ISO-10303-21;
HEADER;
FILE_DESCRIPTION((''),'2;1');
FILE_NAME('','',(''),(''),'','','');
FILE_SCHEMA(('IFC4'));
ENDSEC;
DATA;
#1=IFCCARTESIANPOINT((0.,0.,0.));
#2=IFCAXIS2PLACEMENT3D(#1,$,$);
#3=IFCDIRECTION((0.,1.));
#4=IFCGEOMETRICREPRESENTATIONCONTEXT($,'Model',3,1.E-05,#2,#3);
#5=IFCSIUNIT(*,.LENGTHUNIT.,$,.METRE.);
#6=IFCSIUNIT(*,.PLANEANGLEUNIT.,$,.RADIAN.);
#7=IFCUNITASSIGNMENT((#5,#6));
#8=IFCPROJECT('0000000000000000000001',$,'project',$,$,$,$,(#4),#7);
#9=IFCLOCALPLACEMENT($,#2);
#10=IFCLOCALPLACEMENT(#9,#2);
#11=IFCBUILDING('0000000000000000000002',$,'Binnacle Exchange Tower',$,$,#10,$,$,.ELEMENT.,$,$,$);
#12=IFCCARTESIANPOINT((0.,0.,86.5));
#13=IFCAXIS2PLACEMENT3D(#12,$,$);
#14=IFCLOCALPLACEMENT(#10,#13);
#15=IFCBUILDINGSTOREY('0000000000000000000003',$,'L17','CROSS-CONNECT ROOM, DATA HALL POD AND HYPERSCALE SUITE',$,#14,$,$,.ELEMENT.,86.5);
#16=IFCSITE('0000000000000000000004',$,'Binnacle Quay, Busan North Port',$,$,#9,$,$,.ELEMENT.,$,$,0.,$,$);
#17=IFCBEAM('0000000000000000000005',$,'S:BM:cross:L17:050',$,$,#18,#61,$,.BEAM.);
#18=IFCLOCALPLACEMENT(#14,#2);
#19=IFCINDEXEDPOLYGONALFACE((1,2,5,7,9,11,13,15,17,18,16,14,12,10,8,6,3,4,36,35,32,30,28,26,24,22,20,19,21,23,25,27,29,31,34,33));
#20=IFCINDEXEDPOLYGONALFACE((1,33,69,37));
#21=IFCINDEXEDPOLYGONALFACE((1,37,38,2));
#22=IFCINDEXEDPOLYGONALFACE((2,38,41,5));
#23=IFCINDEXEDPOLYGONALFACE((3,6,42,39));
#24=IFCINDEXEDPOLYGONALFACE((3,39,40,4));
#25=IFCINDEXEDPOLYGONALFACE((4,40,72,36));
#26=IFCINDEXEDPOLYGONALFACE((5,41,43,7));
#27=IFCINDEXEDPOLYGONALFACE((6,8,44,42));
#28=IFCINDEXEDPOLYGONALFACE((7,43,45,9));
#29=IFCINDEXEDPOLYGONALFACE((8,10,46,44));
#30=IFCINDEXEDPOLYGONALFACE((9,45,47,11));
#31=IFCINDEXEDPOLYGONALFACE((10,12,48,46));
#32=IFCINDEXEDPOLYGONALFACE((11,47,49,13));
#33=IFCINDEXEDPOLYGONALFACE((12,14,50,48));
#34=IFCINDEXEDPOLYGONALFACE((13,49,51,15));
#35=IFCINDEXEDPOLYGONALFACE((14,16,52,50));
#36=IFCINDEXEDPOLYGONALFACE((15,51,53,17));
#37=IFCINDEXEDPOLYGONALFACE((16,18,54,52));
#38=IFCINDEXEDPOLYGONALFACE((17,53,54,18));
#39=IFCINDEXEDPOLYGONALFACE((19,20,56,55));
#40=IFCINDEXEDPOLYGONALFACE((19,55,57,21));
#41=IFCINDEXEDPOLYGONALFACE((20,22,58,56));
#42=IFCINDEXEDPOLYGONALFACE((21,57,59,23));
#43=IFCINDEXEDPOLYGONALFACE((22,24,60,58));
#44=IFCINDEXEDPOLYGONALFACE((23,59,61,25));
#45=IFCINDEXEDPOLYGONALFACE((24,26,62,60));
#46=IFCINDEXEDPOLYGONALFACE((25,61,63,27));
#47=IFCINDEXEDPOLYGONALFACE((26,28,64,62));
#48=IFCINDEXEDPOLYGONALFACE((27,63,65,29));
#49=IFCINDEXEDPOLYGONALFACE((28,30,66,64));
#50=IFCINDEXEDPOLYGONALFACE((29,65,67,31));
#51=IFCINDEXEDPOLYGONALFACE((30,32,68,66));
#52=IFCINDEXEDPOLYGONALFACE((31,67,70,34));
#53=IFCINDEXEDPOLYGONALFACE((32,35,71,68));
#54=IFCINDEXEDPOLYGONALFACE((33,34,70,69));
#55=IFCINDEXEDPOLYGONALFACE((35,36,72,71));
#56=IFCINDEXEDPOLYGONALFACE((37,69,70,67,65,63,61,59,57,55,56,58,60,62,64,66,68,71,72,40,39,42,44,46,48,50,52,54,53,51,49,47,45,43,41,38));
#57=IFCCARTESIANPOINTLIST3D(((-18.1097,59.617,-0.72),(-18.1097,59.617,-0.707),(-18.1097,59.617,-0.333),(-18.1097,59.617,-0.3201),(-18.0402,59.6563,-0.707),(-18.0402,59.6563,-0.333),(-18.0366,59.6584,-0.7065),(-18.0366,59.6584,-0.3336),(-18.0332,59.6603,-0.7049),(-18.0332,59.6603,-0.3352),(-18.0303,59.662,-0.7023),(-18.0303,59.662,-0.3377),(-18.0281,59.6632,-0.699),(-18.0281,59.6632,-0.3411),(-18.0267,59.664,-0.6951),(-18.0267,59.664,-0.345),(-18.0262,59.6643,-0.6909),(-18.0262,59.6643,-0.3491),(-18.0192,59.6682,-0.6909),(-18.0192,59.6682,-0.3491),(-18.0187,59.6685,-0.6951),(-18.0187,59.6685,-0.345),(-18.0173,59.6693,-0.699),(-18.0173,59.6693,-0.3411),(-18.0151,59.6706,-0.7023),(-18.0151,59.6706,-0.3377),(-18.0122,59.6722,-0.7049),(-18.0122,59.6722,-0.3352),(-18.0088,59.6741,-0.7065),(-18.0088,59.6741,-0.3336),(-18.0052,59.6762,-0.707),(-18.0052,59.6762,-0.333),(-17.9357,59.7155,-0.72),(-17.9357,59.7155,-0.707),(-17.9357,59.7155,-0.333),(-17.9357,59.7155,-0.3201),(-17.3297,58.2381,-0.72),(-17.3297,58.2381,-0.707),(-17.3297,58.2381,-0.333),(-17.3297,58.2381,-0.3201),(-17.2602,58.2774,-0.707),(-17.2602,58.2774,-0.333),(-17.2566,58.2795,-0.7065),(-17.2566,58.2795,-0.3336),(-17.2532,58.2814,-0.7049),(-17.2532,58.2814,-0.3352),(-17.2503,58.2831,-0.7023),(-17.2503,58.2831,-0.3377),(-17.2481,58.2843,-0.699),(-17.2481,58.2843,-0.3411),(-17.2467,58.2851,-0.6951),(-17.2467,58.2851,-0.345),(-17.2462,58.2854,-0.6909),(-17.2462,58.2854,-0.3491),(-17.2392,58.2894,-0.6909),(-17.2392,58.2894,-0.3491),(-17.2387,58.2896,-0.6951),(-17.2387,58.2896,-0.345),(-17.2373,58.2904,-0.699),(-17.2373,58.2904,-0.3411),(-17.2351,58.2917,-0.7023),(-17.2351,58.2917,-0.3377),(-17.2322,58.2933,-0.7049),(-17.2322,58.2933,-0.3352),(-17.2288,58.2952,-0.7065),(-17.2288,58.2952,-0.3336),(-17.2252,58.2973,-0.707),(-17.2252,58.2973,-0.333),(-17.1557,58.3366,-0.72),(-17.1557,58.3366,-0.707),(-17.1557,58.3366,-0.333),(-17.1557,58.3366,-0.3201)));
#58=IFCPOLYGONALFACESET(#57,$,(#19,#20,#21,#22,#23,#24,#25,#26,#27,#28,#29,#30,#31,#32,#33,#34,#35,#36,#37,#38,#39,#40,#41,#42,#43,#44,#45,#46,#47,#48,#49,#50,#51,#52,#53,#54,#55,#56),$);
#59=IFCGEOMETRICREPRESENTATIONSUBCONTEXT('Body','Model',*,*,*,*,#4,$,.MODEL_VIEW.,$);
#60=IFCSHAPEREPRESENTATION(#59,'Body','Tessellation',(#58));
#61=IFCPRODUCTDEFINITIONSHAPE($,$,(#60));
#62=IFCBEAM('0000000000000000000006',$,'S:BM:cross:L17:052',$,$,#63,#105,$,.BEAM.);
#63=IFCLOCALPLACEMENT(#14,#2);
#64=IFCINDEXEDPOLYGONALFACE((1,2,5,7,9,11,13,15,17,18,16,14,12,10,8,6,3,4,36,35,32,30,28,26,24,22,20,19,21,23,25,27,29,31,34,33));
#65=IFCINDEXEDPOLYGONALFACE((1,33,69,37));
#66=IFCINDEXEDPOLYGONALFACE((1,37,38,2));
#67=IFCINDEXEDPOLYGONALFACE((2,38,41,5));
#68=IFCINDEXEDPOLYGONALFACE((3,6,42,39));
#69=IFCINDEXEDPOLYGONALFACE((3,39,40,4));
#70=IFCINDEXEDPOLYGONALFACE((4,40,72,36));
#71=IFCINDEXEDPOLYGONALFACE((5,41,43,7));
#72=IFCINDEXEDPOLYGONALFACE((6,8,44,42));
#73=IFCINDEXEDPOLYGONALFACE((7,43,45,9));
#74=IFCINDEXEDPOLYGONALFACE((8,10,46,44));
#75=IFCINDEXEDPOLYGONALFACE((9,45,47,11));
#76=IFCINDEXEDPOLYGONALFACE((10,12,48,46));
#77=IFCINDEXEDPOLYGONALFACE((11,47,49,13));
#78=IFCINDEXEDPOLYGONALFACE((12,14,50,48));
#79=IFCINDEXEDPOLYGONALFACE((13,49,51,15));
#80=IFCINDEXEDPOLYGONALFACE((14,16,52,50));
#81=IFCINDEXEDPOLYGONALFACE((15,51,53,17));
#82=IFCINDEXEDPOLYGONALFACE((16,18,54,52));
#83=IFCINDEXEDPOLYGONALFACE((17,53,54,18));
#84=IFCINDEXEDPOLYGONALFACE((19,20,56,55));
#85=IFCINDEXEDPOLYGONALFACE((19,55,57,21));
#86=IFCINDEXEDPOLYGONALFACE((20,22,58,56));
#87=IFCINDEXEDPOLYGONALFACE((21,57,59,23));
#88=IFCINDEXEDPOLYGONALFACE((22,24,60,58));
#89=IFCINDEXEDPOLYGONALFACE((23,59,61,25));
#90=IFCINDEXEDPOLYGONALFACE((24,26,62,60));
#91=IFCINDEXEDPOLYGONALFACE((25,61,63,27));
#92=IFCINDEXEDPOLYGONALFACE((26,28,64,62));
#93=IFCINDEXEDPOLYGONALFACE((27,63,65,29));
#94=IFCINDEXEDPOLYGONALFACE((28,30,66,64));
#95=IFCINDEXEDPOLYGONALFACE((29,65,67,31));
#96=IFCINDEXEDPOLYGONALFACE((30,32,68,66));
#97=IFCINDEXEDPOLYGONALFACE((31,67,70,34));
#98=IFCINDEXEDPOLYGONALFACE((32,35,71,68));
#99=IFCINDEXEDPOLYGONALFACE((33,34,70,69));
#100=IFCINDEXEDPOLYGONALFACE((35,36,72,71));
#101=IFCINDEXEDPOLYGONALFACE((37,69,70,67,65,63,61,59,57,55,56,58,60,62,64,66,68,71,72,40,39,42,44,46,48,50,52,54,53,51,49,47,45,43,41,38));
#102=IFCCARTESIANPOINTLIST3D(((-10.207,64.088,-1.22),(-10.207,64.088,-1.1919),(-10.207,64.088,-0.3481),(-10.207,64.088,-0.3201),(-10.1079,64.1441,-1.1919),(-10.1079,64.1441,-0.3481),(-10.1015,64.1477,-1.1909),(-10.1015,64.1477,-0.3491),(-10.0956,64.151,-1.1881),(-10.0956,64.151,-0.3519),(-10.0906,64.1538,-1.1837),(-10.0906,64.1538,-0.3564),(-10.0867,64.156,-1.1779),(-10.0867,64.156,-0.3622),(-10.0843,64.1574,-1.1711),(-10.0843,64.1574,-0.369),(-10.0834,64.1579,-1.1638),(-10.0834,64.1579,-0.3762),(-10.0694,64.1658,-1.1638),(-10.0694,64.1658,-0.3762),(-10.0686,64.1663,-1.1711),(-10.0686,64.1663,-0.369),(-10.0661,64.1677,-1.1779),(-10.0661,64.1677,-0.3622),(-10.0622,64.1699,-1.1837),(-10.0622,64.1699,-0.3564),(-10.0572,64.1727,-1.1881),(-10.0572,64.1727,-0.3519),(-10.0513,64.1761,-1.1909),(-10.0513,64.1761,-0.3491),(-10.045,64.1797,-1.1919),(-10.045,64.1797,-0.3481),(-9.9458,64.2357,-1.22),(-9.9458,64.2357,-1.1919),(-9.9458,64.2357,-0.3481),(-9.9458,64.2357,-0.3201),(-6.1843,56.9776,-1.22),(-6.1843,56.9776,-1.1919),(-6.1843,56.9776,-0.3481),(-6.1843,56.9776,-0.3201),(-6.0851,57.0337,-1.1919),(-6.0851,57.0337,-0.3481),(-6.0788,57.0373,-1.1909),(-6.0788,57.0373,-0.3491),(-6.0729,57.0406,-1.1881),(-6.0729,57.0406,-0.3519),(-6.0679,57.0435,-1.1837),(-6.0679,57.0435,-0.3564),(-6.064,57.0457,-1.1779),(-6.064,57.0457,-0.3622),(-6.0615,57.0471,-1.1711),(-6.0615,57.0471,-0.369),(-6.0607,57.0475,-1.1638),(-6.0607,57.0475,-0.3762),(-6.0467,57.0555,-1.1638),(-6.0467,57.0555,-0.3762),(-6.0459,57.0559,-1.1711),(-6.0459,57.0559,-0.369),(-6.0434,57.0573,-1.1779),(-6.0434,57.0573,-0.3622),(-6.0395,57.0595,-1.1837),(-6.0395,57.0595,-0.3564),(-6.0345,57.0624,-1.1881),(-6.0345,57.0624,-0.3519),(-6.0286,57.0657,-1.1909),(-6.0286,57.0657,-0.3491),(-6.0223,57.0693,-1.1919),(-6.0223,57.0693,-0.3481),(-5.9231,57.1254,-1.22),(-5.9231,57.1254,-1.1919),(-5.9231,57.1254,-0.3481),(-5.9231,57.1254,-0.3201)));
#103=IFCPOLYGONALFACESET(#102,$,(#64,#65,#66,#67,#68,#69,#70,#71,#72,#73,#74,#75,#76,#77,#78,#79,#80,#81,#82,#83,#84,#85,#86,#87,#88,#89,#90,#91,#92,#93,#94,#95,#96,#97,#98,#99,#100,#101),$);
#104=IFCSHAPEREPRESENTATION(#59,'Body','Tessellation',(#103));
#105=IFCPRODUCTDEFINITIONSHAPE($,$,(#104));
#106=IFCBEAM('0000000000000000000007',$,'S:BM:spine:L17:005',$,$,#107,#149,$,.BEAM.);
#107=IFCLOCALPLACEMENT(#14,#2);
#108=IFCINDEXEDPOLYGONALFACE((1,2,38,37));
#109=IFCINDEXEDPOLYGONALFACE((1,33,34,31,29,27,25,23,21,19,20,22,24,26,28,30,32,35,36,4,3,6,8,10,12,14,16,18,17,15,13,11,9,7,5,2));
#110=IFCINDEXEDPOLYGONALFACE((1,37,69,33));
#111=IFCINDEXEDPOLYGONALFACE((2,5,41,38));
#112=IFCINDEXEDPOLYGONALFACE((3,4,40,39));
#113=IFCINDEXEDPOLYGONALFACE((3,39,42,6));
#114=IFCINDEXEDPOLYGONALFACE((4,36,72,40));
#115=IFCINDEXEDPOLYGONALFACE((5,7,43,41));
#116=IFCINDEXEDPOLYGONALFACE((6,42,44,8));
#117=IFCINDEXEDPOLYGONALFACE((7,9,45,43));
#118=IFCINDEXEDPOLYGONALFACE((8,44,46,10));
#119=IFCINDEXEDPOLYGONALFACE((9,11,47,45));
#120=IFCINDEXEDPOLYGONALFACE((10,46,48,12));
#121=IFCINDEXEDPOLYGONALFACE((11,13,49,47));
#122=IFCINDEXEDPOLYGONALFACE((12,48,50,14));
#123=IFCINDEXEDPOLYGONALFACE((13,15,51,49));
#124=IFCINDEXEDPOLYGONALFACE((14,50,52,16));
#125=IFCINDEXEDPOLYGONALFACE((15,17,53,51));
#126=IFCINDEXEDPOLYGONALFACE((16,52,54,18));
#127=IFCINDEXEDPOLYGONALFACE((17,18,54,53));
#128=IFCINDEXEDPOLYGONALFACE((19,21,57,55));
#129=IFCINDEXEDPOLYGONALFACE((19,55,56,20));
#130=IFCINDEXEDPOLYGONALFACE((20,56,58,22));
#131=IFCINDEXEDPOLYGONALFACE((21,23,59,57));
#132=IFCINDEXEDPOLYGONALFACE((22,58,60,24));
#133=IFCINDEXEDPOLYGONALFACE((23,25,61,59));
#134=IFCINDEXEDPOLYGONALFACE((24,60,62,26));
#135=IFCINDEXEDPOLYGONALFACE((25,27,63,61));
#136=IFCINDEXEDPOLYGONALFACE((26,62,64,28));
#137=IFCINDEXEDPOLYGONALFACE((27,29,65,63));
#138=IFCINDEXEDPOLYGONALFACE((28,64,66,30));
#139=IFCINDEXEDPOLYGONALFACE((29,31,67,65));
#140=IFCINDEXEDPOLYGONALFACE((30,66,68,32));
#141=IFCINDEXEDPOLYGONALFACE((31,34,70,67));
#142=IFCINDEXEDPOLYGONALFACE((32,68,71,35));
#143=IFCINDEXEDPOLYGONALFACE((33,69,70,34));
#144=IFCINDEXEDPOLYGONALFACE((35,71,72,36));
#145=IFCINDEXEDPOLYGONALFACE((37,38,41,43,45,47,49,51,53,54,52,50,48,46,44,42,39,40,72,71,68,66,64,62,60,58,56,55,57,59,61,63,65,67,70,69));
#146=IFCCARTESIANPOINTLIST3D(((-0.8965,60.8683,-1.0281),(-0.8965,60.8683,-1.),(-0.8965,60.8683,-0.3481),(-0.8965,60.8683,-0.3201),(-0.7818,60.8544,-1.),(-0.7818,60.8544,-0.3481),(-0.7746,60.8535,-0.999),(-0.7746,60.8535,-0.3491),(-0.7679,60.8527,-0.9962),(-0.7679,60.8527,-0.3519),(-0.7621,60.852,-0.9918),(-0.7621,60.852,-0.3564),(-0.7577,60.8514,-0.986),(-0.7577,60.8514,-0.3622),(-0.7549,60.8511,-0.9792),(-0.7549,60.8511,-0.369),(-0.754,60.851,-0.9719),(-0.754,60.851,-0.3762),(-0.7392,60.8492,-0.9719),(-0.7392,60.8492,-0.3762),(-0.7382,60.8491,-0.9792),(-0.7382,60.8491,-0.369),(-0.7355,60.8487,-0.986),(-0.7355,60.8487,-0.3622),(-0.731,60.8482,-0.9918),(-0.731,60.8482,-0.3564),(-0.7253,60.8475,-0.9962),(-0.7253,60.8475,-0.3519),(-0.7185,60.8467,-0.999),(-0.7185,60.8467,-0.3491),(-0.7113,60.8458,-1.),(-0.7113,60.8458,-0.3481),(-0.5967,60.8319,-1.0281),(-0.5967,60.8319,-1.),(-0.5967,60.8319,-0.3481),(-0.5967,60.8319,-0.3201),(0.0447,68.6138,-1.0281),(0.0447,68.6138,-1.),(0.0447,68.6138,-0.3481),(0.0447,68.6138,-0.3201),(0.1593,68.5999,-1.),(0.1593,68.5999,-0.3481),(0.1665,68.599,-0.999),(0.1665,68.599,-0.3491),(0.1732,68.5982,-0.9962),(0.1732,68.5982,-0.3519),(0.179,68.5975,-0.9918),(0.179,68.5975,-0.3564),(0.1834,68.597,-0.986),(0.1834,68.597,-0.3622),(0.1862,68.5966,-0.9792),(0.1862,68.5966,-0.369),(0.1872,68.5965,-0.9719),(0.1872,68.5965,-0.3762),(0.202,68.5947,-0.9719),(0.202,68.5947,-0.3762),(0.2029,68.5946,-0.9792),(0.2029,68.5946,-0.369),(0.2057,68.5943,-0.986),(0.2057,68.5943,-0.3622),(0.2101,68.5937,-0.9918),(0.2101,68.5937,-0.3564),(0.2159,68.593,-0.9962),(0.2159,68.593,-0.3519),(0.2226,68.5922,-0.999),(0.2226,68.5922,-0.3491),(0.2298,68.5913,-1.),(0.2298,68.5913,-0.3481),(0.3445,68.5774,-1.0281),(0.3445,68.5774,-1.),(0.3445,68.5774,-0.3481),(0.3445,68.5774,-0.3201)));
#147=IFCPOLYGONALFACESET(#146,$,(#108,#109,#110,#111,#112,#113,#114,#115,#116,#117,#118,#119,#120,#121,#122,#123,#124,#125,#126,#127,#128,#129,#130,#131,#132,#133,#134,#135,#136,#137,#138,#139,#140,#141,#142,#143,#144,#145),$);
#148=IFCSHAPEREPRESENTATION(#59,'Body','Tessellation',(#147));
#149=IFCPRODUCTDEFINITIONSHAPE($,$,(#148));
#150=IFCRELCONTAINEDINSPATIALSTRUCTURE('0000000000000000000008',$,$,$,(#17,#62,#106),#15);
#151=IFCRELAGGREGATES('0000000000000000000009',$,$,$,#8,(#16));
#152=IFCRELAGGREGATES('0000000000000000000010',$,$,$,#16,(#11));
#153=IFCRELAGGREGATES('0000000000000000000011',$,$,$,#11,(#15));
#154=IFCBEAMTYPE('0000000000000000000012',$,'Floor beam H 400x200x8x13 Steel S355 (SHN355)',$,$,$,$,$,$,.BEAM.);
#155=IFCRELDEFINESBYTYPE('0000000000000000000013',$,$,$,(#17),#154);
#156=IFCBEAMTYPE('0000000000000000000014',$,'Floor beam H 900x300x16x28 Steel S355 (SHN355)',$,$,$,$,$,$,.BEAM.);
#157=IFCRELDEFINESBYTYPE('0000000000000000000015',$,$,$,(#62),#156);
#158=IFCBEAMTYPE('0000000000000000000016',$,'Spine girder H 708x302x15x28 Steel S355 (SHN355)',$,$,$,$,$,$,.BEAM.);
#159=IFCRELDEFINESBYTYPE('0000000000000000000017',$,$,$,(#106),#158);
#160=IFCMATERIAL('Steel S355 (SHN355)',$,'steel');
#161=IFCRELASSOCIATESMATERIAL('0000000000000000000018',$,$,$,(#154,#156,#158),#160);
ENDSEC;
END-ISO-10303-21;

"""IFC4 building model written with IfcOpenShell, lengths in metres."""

from ifc_helpers import new_model, si_unit, direction, frame, origin, origin_2d, place, context, subcontext, project, spatial, i_section, extrude, material, material_profile, profile_set, type_object, element, save


model = new_model("IFC4")

# Units and contexts
model_context = context("Model", 3, precision=1e-05, world=origin(), true_north=direction((0.0, 1.0)))
body_context = subcontext(model_context, "Body", "Model", "MODEL_VIEW")
ifc_project = project(units=[si_unit("LENGTHUNIT", "METRE"), si_unit("PLANEANGLEUNIT", "RADIAN")], contexts=[model_context])

# Site, building, storey
site_placement = place(None, origin())
site = spatial("IfcSite", under=ifc_project, at=site_placement, Name="Binnacle Quay, Busan North Port", CompositionType="ELEMENT", RefElevation=0.0)
building_placement = place(site_placement, origin())
building = spatial("IfcBuilding", under=site, at=building_placement, Name="Binnacle Exchange Tower", CompositionType="ELEMENT")
storey_placement = place(building_placement, frame((0.0, 0.0, 86.5)))
storey = spatial("IfcBuildingStorey", under=building, at=storey_placement, Name="L17", Description="CROSS-CONNECT ROOM, DATA HALL POD AND HYPERSCALE SUITE", CompositionType="ELEMENT", Elevation=86.5)

# Beams
ifc_material_1 = material(Name="Steel S355 (SHN355)", Category="steel")
ifc_material_profile_1 = material_profile(ifc_material_1, i_section(OverallWidth=0.2, OverallDepth=0.3999, WebThickness=0.0081, FlangeThickness=0.0129, FilletRadius=0.0161, at=origin_2d()), Name="H 400x200x8x13")
ifc_profile_set_1 = profile_set([ifc_material_profile_1], Name="Steel S355 (SHN355)")
beam_type_1 = type_object("IfcBeamType", Name="Floor beam H 400x200x8x13 Steel S355 (SHN355)", PredefinedType="BEAM", material=ifc_profile_set_1)
beam_1_placement = place(storey_placement, frame((-18.0227, 59.6663, -0.52), z_axis=(0.492367, -0.870388, 0.0), x_axis=(0.870388, 0.492367, 0.0)))
element("IfcBeam", 1, at=beam_1_placement, inside=storey, type_object=beam_type_1, Name="S:BM:cross:L17:050", PredefinedType="BEAM", context=body_context, shape_type="SweptSolid", body=[
    extrude(i_section(OverallWidth=0.2, OverallDepth=0.3999, WebThickness=0.0081, FlangeThickness=0.0129, FilletRadius=0.0161, at=origin_2d()), origin(), (0.0, 0.0, 1.0), 1.5842),
])
ifc_material_profile_2 = material_profile(ifc_material_1, i_section(OverallWidth=0.3, OverallDepth=0.8999, WebThickness=0.0161, FlangeThickness=0.0281, FilletRadius=0.0281, at=origin_2d()), Name="H 900x300x16x28")
ifc_profile_set_2 = profile_set([ifc_material_profile_2], Name="Steel S355 (SHN355)")
beam_type_2 = type_object("IfcBeamType", Name="Floor beam H 900x300x16x28 Steel S355 (SHN355)", PredefinedType="BEAM", material=ifc_profile_set_2)
beam_2_placement = place(storey_placement, frame((-10.0764, 64.1619, -0.77), z_axis=(0.492411, -0.870363, 0.0), x_axis=(0.870363, 0.492411, 0.0)))
element("IfcBeam", 2, at=beam_2_placement, inside=storey, type_object=beam_type_2, Name="S:BM:cross:L17:052", PredefinedType="BEAM", context=body_context, shape_type="SweptSolid", body=[
    extrude(i_section(OverallWidth=0.3, OverallDepth=0.8999, WebThickness=0.0161, FlangeThickness=0.0281, FilletRadius=0.0281, at=origin_2d()), origin(), (0.0, 0.0, 1.0), 8.1694),
])
ifc_material_profile_3 = material_profile(ifc_material_1, i_section(OverallWidth=0.302, OverallDepth=0.708, WebThickness=0.0149, FlangeThickness=0.0281, FilletRadius=0.0281, at=origin_2d()), Name="H 708x302x15x28")
ifc_profile_set_3 = profile_set([ifc_material_profile_3], Name="Steel S355 (SHN355)")
beam_type_3 = type_object("IfcBeamType", Name="Spine girder H 708x302x15x28 Steel S355 (SHN355)", PredefinedType="BEAM", material=ifc_profile_set_3)
beam_3_placement = place(storey_placement, frame((-0.7466, 60.8501, -0.6741), z_axis=(0.120622, 0.992699, 0.0), x_axis=(-0.992699, 0.120622, 0.0)))
element("IfcBeam", 3, at=beam_3_placement, inside=storey, type_object=beam_type_3, Name="S:BM:spine:L17:005", PredefinedType="BEAM", context=body_context, shape_type="SweptSolid", body=[
    extrude(i_section(OverallWidth=0.302, OverallDepth=0.708, WebThickness=0.0149, FlangeThickness=0.0281, FilletRadius=0.0281, at=origin_2d()), origin(), (0.0, 0.0, 1.0), 7.8025),
])

save(model, "model.ifc")
